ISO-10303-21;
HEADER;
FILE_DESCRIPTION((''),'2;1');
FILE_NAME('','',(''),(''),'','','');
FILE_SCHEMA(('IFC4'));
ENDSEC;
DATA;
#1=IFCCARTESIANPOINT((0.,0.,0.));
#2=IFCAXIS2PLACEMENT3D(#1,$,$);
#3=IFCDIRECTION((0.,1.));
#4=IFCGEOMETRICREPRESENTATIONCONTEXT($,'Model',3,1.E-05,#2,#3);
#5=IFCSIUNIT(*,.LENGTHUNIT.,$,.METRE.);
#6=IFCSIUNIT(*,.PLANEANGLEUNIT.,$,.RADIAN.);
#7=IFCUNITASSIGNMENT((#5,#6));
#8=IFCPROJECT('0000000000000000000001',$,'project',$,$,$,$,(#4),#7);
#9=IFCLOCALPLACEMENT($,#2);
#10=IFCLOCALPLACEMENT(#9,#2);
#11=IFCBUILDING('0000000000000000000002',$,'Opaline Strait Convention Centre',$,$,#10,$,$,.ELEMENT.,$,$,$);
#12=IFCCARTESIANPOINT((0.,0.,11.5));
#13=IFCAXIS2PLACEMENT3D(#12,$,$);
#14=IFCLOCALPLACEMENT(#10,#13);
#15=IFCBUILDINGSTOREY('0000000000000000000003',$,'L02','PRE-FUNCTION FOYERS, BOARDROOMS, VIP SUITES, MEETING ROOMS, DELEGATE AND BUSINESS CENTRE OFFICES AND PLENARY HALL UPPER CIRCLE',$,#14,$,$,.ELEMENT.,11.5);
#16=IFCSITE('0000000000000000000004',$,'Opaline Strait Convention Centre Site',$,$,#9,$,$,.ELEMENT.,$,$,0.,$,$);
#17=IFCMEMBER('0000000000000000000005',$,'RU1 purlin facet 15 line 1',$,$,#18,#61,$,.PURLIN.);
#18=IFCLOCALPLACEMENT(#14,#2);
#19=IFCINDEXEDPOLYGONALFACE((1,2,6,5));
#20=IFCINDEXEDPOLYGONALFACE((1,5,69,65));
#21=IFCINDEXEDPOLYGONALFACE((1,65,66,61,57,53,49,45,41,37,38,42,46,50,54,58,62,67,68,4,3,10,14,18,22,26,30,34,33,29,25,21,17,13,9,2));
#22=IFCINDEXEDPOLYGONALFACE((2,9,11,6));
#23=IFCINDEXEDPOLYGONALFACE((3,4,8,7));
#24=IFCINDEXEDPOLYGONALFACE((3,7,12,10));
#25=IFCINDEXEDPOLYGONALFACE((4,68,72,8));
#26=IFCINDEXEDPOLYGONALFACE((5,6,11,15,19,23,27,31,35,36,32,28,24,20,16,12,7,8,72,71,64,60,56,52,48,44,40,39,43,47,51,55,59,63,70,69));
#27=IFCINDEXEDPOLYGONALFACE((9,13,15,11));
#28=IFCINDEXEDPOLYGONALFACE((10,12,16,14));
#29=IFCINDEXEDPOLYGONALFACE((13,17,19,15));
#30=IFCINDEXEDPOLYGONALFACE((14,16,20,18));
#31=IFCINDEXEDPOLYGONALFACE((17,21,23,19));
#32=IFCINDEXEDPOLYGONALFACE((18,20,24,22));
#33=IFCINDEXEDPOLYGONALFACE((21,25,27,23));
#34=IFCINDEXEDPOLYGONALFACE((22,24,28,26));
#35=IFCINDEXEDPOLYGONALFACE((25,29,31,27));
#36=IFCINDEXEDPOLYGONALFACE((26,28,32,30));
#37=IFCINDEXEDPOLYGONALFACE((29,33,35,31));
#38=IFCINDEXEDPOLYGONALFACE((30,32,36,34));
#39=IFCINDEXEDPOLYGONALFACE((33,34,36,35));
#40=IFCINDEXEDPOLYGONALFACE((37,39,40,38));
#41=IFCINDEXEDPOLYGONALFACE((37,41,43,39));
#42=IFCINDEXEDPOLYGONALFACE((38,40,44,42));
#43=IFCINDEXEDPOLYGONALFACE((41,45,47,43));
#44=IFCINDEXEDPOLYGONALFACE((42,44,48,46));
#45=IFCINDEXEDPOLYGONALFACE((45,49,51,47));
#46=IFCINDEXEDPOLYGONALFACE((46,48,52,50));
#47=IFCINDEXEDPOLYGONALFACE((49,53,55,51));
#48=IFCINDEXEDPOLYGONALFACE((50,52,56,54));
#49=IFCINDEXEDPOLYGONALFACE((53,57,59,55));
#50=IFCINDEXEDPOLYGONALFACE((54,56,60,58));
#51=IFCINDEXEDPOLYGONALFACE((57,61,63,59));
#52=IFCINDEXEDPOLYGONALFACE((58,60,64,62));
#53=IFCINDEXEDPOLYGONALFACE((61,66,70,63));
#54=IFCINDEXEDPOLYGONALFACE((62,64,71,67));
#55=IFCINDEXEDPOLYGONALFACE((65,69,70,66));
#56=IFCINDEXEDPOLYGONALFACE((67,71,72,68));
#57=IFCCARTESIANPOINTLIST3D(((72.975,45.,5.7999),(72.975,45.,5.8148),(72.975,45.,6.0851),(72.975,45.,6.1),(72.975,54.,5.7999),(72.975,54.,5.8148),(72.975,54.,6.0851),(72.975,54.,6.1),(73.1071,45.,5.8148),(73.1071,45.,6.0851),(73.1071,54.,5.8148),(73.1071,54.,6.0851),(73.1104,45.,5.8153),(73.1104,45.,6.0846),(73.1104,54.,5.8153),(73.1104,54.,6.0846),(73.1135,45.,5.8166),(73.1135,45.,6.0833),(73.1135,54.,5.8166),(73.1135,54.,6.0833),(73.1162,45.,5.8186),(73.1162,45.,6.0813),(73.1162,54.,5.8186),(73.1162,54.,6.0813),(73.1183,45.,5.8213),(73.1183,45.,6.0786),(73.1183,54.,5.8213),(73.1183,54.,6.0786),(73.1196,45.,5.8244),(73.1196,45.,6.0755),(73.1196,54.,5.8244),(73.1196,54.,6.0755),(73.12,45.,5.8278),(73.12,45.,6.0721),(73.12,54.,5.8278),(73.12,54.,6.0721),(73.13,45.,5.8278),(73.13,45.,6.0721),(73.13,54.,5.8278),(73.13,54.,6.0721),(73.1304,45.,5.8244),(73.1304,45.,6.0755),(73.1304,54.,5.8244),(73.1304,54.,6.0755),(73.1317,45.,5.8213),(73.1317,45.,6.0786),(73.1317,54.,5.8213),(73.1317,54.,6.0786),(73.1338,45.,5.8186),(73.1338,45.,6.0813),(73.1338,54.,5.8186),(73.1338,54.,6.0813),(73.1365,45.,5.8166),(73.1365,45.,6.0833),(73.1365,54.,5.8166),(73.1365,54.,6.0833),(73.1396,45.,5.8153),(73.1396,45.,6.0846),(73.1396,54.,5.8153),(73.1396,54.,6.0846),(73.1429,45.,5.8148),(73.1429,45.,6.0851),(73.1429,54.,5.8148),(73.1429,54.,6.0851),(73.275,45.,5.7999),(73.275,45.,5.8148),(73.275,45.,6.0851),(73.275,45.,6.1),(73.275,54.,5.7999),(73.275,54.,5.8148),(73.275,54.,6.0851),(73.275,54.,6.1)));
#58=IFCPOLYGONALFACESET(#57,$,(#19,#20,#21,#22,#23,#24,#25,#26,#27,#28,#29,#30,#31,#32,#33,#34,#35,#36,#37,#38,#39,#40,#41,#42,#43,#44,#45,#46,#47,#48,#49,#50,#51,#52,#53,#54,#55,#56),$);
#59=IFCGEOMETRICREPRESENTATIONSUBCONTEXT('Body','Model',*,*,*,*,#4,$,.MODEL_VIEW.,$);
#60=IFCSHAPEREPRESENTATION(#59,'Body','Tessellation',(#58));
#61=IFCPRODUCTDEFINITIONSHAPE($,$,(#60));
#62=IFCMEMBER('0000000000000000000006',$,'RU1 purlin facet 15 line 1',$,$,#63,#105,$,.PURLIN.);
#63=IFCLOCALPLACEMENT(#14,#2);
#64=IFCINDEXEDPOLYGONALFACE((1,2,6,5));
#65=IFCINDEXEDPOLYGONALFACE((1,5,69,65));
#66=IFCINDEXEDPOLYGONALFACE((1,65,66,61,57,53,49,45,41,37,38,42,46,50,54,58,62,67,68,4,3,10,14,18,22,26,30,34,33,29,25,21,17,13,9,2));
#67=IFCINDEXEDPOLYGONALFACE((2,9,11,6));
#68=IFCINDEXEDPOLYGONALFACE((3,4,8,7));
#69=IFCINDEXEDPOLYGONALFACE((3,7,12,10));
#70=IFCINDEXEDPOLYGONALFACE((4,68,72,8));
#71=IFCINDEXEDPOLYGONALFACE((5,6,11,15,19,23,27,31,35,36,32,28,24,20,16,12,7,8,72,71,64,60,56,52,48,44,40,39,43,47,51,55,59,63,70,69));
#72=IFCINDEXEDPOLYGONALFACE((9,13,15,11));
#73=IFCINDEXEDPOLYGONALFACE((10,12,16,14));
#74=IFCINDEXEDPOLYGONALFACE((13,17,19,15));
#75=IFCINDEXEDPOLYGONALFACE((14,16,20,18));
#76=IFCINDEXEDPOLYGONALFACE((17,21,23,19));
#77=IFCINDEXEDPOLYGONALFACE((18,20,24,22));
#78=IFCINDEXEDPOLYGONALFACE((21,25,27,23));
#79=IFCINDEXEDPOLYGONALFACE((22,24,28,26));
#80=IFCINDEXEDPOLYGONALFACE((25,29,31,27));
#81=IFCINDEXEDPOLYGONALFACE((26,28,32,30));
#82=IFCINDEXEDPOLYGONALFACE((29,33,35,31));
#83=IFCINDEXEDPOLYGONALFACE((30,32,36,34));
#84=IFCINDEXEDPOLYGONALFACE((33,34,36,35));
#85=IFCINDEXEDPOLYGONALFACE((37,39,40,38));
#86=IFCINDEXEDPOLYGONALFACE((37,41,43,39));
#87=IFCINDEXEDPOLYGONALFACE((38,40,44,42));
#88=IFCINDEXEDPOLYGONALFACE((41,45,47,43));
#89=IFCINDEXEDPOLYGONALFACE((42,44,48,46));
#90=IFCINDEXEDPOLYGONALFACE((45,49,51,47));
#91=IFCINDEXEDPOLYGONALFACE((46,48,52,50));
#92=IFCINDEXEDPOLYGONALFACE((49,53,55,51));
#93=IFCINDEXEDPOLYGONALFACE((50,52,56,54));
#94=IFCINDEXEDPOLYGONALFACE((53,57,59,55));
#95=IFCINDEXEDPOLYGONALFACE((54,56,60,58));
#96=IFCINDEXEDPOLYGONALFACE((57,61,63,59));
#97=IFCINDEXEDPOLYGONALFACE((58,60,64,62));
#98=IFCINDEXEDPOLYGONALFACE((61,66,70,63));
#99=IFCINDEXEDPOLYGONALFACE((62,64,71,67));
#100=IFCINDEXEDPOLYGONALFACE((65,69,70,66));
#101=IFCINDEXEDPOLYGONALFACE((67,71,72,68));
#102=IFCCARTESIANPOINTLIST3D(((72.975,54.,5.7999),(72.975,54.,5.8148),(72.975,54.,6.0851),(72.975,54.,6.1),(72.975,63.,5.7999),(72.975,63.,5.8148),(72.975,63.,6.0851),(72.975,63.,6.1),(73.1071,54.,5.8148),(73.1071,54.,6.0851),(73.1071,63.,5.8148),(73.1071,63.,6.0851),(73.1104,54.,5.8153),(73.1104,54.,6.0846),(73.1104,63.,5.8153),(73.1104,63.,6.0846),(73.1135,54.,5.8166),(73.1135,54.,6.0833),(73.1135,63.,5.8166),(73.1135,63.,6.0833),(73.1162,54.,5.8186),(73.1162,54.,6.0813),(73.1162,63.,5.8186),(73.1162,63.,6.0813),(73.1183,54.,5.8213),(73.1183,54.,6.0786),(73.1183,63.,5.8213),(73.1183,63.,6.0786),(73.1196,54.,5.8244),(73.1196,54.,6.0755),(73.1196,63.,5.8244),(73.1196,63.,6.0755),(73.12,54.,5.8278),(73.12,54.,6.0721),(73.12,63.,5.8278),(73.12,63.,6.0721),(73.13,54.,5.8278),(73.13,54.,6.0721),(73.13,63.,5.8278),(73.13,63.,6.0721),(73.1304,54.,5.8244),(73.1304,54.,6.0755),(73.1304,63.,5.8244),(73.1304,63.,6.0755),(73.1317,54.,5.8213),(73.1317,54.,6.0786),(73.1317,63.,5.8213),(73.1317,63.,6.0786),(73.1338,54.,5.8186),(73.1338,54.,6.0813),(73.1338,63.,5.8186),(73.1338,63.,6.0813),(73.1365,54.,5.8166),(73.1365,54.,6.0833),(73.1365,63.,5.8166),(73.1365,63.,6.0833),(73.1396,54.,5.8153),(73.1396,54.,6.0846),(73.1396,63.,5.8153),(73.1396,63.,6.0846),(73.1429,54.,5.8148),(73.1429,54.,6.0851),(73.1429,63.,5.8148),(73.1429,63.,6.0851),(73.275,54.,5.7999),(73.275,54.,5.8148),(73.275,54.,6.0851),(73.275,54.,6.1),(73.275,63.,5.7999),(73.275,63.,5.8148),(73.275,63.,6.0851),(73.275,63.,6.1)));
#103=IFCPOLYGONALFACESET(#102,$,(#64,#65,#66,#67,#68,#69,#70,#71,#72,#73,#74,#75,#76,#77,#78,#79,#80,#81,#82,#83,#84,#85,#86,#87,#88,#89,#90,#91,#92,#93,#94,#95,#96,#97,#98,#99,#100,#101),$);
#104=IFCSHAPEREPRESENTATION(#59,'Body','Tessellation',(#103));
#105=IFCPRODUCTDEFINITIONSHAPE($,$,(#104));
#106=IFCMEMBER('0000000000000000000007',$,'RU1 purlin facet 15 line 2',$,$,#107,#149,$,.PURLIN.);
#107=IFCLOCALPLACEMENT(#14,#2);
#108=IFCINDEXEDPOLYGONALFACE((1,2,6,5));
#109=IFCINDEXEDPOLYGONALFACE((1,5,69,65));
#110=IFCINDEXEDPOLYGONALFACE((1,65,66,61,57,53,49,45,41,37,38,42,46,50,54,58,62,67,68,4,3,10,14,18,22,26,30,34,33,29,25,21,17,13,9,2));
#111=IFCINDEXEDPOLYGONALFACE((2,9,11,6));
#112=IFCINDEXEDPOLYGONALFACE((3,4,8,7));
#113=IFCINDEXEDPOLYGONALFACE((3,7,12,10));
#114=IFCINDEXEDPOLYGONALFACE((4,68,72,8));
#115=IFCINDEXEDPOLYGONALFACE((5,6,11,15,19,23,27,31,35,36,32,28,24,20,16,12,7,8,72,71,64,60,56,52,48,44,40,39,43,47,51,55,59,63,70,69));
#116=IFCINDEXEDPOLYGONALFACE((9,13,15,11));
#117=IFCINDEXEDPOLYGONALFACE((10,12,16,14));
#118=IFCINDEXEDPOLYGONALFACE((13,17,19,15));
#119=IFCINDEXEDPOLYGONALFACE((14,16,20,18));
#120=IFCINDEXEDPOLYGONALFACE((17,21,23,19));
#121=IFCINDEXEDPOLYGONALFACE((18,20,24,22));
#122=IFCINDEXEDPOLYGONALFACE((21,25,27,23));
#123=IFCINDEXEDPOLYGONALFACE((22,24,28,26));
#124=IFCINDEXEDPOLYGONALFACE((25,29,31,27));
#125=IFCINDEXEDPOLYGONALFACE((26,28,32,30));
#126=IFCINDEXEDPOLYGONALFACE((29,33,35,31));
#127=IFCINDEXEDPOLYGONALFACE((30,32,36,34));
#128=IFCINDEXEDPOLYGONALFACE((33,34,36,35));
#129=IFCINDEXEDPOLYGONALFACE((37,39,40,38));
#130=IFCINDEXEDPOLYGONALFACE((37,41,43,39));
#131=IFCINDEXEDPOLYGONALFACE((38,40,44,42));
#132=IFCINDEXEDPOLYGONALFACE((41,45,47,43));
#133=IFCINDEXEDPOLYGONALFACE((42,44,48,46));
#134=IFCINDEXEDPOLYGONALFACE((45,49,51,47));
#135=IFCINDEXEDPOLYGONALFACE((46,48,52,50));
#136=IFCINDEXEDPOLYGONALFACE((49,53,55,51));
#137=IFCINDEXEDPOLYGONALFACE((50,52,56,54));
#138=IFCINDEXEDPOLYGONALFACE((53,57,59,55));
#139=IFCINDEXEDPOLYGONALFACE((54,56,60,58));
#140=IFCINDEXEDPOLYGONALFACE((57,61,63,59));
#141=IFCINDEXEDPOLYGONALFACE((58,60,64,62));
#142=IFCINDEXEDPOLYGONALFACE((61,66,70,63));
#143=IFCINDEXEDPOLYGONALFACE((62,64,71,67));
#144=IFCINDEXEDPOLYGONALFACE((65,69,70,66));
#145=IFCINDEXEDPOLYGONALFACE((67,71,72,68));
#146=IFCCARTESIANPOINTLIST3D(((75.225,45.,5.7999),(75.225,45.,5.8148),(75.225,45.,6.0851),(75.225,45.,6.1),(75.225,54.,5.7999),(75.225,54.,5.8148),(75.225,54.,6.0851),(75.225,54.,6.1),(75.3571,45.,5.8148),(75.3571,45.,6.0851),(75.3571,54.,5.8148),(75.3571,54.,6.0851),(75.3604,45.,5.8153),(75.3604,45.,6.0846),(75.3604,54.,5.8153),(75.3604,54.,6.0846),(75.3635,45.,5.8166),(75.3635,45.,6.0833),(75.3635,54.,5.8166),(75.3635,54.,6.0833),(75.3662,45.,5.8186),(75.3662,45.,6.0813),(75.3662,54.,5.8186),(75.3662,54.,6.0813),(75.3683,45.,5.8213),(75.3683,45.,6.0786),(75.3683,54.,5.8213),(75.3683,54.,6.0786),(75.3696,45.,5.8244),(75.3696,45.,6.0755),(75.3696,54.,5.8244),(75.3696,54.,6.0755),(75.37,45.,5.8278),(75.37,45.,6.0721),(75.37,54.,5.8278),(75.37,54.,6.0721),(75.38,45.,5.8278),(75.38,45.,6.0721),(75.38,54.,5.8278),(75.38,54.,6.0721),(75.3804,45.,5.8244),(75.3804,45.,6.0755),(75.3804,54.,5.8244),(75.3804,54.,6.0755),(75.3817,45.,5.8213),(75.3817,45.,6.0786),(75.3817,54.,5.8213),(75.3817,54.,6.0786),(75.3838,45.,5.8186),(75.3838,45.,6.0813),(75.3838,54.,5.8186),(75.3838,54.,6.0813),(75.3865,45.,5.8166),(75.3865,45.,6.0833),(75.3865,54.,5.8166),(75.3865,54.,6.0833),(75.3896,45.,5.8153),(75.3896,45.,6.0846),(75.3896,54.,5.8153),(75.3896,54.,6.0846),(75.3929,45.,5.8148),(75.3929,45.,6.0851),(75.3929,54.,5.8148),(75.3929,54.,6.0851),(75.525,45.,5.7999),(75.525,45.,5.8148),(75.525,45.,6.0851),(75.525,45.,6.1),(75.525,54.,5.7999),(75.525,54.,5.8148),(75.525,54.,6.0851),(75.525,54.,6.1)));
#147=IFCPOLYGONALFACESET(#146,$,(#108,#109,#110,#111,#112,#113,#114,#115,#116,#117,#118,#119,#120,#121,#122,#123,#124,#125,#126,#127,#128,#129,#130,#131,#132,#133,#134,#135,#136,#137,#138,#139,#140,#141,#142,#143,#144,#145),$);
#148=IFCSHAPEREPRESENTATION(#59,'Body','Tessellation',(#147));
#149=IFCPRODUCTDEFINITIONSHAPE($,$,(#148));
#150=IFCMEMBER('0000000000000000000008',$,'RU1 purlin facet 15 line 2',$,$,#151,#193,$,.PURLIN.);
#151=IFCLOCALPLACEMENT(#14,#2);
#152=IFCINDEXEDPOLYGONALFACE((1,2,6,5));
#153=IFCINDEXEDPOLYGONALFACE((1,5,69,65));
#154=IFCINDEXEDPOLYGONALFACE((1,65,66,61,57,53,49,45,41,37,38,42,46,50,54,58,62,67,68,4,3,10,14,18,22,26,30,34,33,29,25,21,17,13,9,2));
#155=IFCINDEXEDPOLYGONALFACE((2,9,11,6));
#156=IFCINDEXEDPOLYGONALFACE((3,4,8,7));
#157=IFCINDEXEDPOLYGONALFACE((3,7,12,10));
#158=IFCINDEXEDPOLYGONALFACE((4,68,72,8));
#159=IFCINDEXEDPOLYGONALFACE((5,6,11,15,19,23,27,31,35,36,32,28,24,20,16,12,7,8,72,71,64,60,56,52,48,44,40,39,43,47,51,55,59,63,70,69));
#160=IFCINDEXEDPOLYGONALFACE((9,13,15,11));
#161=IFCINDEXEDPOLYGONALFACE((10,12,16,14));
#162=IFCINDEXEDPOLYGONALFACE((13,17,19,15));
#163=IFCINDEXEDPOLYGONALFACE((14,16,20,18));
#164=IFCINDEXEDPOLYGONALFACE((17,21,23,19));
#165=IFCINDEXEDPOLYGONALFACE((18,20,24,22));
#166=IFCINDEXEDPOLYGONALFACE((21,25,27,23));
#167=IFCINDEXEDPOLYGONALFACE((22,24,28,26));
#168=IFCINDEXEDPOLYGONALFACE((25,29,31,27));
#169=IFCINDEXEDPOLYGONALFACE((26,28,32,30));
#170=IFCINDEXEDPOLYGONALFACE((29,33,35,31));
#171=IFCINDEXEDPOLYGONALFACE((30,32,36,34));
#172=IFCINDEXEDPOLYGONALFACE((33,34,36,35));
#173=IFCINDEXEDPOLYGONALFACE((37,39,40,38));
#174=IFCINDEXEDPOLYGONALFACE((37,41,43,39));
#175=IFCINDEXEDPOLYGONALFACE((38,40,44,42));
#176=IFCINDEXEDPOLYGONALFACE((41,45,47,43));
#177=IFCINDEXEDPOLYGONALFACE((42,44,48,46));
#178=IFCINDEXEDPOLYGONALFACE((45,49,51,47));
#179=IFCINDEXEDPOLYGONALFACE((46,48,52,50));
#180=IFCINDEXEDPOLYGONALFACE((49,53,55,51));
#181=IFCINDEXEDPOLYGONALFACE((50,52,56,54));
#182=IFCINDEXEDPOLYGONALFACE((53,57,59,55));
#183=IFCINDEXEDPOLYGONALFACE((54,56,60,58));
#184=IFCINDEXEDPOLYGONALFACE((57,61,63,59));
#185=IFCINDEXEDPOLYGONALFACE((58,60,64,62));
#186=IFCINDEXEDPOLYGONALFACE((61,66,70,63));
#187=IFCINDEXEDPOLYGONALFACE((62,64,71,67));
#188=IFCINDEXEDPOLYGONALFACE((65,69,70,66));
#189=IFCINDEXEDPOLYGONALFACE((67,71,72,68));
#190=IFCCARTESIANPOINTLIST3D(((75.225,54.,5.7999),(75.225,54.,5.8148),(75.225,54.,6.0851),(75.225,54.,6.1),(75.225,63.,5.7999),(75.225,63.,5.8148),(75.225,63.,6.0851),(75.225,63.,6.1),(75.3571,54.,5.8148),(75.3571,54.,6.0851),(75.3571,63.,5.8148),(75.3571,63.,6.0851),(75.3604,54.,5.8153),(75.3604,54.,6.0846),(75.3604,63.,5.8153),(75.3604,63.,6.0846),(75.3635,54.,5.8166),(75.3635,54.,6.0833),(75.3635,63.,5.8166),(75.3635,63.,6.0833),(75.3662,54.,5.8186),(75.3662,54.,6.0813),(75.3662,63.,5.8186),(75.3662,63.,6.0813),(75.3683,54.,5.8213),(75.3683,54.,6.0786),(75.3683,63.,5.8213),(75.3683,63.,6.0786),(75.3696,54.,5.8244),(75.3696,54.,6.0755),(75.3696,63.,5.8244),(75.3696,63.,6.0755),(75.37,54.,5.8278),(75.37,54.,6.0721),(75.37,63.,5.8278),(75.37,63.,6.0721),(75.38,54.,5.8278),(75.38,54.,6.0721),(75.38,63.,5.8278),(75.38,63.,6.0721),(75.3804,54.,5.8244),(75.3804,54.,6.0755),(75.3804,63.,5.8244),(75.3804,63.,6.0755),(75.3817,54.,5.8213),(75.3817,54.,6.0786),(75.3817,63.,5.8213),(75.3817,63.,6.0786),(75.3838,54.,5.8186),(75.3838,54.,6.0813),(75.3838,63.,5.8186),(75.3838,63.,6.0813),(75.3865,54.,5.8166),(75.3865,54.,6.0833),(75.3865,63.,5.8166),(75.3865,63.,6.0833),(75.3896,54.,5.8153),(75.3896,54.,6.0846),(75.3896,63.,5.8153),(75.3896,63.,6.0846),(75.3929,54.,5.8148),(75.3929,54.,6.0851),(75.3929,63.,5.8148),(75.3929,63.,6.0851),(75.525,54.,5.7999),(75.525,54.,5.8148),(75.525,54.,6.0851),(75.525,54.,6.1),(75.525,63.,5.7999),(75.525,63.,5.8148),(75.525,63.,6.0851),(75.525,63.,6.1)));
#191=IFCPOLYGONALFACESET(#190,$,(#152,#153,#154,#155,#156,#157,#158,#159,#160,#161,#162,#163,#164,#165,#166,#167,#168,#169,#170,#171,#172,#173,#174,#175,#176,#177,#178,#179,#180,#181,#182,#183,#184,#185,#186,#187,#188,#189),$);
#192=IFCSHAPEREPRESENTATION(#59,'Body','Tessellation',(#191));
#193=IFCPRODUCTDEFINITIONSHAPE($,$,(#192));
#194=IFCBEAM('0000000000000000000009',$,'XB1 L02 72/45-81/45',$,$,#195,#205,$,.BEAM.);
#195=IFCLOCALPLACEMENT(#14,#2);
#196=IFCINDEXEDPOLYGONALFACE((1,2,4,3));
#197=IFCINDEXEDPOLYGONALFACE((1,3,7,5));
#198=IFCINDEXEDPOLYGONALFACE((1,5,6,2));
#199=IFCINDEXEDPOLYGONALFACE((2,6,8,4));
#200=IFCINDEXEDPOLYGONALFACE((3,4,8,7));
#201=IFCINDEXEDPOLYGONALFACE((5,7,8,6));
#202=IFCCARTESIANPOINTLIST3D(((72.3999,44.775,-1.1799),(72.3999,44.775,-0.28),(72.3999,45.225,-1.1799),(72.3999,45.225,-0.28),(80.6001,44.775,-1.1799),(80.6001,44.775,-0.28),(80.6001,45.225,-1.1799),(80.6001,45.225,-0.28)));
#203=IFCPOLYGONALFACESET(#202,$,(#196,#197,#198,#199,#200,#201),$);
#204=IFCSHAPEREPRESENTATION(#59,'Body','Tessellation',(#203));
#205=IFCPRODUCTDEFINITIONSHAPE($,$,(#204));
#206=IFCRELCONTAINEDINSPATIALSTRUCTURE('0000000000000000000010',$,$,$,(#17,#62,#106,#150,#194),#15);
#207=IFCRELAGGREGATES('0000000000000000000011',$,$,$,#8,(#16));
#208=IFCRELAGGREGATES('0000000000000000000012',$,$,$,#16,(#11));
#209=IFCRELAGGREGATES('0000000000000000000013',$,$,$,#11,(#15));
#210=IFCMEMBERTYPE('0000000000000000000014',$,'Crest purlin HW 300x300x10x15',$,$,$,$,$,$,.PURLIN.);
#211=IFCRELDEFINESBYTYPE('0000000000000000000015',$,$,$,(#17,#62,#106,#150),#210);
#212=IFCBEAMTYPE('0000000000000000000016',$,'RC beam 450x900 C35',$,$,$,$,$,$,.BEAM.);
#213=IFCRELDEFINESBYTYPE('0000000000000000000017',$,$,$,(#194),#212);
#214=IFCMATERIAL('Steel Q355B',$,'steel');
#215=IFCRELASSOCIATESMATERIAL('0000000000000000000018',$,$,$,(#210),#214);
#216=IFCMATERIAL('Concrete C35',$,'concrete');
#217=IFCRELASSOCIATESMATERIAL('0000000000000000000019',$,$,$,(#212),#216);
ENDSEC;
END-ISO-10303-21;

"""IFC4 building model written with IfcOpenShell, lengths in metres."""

from ifc_helpers import new_model, si_unit, direction, frame, origin, origin_2d, place, context, subcontext, project, spatial, rectangle, i_section, extrude, material, material_profile, profile_set, type_object, element, save


model = new_model("IFC4")

# Units and contexts
model_context = context("Model", 3, precision=1e-05, world=origin(), true_north=direction((0.0, 1.0)))
body_context = subcontext(model_context, "Body", "Model", "MODEL_VIEW")
ifc_project = project(units=[si_unit("LENGTHUNIT", "METRE"), si_unit("PLANEANGLEUNIT", "RADIAN")], contexts=[model_context])

# Site, building, storey
site_placement = place(None, origin())
site = spatial("IfcSite", under=ifc_project, at=site_placement, Name="Opaline Strait Convention Centre Site", CompositionType="ELEMENT", RefElevation=0.0)
building_placement = place(site_placement, origin())
building = spatial("IfcBuilding", under=site, at=building_placement, Name="Opaline Strait Convention Centre", CompositionType="ELEMENT")
storey_placement = place(building_placement, frame((0.0, 0.0, 11.5)))
storey = spatial("IfcBuildingStorey", under=building, at=storey_placement, Name="L02", Description="PRE-FUNCTION FOYERS, BOARDROOMS, VIP SUITES, MEETING ROOMS, DELEGATE AND BUSINESS CENTRE OFFICES AND PLENARY HALL UPPER CIRCLE", CompositionType="ELEMENT", Elevation=11.5)

# Members
ifc_material_1 = material(Name="Steel Q355B", Category="steel")
ifc_material_profile_1 = material_profile(ifc_material_1, i_section(OverallWidth=0.3, OverallDepth=0.3, WebThickness=0.01, FlangeThickness=0.0149, FilletRadius=0.0129, at=origin_2d()), Name="HW 300x300x10x15")
ifc_profile_set_1 = profile_set([ifc_material_profile_1], Name="Steel Q355B")
member_type_1 = type_object("IfcMemberType", Name="Crest purlin HW 300x300x10x15", PredefinedType="PURLIN", material=ifc_profile_set_1)
for number, where, z_axis, x_axis, name in (
    (1, (73.125, 45.0, 5.95), (0.0, 1.0, 0.0), (-1.0, 0.0, 0.0), "RU1 purlin facet 15 line 1"),
    (2, (73.125, 54.0, 5.95), (0.0, 1.0, 0.0), (-1.0, 0.0, 0.0), "RU1 purlin facet 15 line 1"),
    (3, (75.375, 45.0, 5.95), (0.0, 1.0, 0.0), (-1.0, 0.0, 0.0), "RU1 purlin facet 15 line 2"),
    (4, (75.375, 54.0, 5.95), (0.0, 1.0, 0.0), (-1.0, 0.0, 0.0), "RU1 purlin facet 15 line 2"),
):
    element("IfcMember", number, at=place(storey_placement, frame(where, z_axis=z_axis, x_axis=x_axis)), inside=storey, type_object=member_type_1, Name=name, PredefinedType="PURLIN", context=body_context, shape_type="SweptSolid", body=[
        extrude(i_section(OverallWidth=0.3, OverallDepth=0.3, WebThickness=0.01, FlangeThickness=0.0149, FilletRadius=0.0129, at=origin_2d()), origin(), (0.0, 0.0, 1.0), 9.0),
    ])

# Beam
ifc_material_2 = material(Name="Concrete C35", Category="concrete")
ifc_material_profile_2 = material_profile(ifc_material_2, rectangle(XDim=0.45, YDim=0.8999, at=origin_2d()), Name="RC 450x900")
ifc_profile_set_2 = profile_set([ifc_material_profile_2], Name="Concrete C35")
beam_type = type_object("IfcBeamType", Name="RC beam 450x900 C35", PredefinedType="BEAM", material=ifc_profile_set_2)
for number, where, z_axis, x_axis, name in (
    (5, (72.3999, 45.0, -0.73), (1.0, 0.0, 0.0), (0.0, 1.0, 0.0), "XB1 L02 72/45-81/45"),
):
    element("IfcBeam", number, at=place(storey_placement, frame(where, z_axis=z_axis, x_axis=x_axis)), inside=storey, type_object=beam_type, Name=name, PredefinedType="BEAM", context=body_context, shape_type="SweptSolid", body=[
        extrude(rectangle(XDim=0.45, YDim=0.8999, at=origin_2d()), origin(), (0.0, 0.0, 1.0), 8.2002),
    ])

save(model, "model.ifc")
